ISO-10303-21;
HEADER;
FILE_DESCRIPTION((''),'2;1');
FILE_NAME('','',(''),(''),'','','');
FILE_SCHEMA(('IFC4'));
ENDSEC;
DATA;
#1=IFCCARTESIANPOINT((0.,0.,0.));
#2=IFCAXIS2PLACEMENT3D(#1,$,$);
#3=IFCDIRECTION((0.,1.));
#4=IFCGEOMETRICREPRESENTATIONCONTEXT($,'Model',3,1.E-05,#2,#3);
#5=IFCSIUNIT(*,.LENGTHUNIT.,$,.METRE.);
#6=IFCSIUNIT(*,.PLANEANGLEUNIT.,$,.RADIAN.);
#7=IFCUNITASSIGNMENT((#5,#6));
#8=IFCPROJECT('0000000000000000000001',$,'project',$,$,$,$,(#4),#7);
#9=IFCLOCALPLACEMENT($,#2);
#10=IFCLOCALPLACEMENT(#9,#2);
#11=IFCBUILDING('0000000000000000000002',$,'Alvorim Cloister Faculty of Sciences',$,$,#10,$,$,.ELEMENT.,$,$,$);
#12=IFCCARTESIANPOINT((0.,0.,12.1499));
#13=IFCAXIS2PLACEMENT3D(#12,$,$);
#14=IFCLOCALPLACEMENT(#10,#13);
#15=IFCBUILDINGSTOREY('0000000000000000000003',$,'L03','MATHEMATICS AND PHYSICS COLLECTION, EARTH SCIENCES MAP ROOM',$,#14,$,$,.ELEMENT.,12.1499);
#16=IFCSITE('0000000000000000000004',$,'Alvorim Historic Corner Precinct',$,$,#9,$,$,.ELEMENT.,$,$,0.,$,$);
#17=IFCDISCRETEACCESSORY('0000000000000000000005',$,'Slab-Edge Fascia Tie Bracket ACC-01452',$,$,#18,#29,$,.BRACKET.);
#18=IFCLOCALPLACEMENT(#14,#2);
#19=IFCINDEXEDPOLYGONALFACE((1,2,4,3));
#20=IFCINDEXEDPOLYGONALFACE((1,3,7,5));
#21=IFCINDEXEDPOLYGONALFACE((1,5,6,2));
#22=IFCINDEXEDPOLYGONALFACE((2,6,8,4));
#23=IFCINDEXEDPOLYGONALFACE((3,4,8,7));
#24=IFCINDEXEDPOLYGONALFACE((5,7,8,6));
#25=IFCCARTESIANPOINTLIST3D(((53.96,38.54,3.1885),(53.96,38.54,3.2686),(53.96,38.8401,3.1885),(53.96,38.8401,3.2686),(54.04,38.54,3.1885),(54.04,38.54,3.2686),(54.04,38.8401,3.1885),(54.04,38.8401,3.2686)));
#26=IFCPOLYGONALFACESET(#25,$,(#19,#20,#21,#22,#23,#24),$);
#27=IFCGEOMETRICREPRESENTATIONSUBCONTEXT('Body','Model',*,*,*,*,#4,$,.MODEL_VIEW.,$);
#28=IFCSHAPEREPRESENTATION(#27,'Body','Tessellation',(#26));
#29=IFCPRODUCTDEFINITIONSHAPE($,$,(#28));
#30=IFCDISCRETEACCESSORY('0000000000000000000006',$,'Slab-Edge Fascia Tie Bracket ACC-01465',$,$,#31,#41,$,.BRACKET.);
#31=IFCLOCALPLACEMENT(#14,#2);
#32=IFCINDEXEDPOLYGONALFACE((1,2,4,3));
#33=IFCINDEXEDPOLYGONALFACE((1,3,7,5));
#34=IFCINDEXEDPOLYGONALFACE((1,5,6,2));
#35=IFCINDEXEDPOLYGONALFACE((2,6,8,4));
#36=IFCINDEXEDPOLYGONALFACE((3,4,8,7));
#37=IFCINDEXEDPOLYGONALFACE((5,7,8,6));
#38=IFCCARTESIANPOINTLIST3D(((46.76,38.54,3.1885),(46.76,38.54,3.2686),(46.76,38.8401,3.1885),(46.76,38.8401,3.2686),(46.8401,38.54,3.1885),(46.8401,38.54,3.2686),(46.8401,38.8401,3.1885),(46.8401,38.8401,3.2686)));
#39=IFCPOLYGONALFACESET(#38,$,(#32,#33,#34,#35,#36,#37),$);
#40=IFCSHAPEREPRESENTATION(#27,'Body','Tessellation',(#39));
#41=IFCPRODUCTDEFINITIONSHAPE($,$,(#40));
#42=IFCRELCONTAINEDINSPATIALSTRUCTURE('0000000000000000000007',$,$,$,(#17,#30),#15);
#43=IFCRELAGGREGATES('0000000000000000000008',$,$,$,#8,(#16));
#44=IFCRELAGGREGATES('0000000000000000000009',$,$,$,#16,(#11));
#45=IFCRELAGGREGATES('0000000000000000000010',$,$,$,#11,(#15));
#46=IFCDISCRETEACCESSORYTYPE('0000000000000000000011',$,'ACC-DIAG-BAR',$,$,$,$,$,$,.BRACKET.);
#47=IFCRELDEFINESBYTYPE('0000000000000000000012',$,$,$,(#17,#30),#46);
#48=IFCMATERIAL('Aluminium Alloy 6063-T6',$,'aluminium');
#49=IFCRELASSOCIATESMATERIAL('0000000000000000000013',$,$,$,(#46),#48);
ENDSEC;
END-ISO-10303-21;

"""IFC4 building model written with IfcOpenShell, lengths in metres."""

from ifc_helpers import new_model, si_unit, direction, frame, origin, origin_2d, place, context, subcontext, project, spatial, rectangle, extrude, material, type_object, element, save


model = new_model("IFC4")

# Units and contexts
model_context = context("Model", 3, precision=1e-05, world=origin(), true_north=direction((0.0, 1.0)))
body_context = subcontext(model_context, "Body", "Model", "MODEL_VIEW")
ifc_project = project(units=[si_unit("LENGTHUNIT", "METRE"), si_unit("PLANEANGLEUNIT", "RADIAN")], contexts=[model_context])

# Site, building, storey
site_placement = place(None, origin())
site = spatial("IfcSite", under=ifc_project, at=site_placement, Name="Alvorim Historic Corner Precinct", CompositionType="ELEMENT", RefElevation=0.0)
building_placement = place(site_placement, origin())
building = spatial("IfcBuilding", under=site, at=building_placement, Name="Alvorim Cloister Faculty of Sciences", CompositionType="ELEMENT")
storey_placement = place(building_placement, frame((0.0, 0.0, 12.1499)))
storey = spatial("IfcBuildingStorey", under=building, at=storey_placement, Name="L03", Description="MATHEMATICS AND PHYSICS COLLECTION, EARTH SCIENCES MAP ROOM", CompositionType="ELEMENT", Elevation=12.1499)

# Shared definitions
ifc_material_1 = material(Name="Aluminium Alloy 6063-T6", Category="aluminium")

# Discrete accessories
discrete_accessory_type = type_object("IfcDiscreteAccessoryType", Name="ACC-DIAG-BAR", PredefinedType="BRACKET", material=ifc_material_1)
for number, where, z_axis, x_axis, name in (
    (1, (54.0, 38.8401, 3.2285), (0.0, -1.0, 0.0), (1.0, 0.0, 0.0), "Slab-Edge Fascia Tie Bracket ACC-01452"),
    (2, (46.8, 38.8401, 3.2285), (0.0, -1.0, 0.0), (1.0, 0.0, 0.0), "Slab-Edge Fascia Tie Bracket ACC-01465"),
):
    element("IfcDiscreteAccessory", number, at=place(storey_placement, frame(where, z_axis=z_axis, x_axis=x_axis)), inside=storey, type_object=discrete_accessory_type, Name=name, PredefinedType="BRACKET", context=body_context, shape_type="SweptSolid", body=[
        extrude(rectangle(XDim=0.0801, YDim=0.0801, at=origin_2d()), origin(), (0.0, 0.0, 1.0), 0.3),
    ])

save(model, "model.ifc")
